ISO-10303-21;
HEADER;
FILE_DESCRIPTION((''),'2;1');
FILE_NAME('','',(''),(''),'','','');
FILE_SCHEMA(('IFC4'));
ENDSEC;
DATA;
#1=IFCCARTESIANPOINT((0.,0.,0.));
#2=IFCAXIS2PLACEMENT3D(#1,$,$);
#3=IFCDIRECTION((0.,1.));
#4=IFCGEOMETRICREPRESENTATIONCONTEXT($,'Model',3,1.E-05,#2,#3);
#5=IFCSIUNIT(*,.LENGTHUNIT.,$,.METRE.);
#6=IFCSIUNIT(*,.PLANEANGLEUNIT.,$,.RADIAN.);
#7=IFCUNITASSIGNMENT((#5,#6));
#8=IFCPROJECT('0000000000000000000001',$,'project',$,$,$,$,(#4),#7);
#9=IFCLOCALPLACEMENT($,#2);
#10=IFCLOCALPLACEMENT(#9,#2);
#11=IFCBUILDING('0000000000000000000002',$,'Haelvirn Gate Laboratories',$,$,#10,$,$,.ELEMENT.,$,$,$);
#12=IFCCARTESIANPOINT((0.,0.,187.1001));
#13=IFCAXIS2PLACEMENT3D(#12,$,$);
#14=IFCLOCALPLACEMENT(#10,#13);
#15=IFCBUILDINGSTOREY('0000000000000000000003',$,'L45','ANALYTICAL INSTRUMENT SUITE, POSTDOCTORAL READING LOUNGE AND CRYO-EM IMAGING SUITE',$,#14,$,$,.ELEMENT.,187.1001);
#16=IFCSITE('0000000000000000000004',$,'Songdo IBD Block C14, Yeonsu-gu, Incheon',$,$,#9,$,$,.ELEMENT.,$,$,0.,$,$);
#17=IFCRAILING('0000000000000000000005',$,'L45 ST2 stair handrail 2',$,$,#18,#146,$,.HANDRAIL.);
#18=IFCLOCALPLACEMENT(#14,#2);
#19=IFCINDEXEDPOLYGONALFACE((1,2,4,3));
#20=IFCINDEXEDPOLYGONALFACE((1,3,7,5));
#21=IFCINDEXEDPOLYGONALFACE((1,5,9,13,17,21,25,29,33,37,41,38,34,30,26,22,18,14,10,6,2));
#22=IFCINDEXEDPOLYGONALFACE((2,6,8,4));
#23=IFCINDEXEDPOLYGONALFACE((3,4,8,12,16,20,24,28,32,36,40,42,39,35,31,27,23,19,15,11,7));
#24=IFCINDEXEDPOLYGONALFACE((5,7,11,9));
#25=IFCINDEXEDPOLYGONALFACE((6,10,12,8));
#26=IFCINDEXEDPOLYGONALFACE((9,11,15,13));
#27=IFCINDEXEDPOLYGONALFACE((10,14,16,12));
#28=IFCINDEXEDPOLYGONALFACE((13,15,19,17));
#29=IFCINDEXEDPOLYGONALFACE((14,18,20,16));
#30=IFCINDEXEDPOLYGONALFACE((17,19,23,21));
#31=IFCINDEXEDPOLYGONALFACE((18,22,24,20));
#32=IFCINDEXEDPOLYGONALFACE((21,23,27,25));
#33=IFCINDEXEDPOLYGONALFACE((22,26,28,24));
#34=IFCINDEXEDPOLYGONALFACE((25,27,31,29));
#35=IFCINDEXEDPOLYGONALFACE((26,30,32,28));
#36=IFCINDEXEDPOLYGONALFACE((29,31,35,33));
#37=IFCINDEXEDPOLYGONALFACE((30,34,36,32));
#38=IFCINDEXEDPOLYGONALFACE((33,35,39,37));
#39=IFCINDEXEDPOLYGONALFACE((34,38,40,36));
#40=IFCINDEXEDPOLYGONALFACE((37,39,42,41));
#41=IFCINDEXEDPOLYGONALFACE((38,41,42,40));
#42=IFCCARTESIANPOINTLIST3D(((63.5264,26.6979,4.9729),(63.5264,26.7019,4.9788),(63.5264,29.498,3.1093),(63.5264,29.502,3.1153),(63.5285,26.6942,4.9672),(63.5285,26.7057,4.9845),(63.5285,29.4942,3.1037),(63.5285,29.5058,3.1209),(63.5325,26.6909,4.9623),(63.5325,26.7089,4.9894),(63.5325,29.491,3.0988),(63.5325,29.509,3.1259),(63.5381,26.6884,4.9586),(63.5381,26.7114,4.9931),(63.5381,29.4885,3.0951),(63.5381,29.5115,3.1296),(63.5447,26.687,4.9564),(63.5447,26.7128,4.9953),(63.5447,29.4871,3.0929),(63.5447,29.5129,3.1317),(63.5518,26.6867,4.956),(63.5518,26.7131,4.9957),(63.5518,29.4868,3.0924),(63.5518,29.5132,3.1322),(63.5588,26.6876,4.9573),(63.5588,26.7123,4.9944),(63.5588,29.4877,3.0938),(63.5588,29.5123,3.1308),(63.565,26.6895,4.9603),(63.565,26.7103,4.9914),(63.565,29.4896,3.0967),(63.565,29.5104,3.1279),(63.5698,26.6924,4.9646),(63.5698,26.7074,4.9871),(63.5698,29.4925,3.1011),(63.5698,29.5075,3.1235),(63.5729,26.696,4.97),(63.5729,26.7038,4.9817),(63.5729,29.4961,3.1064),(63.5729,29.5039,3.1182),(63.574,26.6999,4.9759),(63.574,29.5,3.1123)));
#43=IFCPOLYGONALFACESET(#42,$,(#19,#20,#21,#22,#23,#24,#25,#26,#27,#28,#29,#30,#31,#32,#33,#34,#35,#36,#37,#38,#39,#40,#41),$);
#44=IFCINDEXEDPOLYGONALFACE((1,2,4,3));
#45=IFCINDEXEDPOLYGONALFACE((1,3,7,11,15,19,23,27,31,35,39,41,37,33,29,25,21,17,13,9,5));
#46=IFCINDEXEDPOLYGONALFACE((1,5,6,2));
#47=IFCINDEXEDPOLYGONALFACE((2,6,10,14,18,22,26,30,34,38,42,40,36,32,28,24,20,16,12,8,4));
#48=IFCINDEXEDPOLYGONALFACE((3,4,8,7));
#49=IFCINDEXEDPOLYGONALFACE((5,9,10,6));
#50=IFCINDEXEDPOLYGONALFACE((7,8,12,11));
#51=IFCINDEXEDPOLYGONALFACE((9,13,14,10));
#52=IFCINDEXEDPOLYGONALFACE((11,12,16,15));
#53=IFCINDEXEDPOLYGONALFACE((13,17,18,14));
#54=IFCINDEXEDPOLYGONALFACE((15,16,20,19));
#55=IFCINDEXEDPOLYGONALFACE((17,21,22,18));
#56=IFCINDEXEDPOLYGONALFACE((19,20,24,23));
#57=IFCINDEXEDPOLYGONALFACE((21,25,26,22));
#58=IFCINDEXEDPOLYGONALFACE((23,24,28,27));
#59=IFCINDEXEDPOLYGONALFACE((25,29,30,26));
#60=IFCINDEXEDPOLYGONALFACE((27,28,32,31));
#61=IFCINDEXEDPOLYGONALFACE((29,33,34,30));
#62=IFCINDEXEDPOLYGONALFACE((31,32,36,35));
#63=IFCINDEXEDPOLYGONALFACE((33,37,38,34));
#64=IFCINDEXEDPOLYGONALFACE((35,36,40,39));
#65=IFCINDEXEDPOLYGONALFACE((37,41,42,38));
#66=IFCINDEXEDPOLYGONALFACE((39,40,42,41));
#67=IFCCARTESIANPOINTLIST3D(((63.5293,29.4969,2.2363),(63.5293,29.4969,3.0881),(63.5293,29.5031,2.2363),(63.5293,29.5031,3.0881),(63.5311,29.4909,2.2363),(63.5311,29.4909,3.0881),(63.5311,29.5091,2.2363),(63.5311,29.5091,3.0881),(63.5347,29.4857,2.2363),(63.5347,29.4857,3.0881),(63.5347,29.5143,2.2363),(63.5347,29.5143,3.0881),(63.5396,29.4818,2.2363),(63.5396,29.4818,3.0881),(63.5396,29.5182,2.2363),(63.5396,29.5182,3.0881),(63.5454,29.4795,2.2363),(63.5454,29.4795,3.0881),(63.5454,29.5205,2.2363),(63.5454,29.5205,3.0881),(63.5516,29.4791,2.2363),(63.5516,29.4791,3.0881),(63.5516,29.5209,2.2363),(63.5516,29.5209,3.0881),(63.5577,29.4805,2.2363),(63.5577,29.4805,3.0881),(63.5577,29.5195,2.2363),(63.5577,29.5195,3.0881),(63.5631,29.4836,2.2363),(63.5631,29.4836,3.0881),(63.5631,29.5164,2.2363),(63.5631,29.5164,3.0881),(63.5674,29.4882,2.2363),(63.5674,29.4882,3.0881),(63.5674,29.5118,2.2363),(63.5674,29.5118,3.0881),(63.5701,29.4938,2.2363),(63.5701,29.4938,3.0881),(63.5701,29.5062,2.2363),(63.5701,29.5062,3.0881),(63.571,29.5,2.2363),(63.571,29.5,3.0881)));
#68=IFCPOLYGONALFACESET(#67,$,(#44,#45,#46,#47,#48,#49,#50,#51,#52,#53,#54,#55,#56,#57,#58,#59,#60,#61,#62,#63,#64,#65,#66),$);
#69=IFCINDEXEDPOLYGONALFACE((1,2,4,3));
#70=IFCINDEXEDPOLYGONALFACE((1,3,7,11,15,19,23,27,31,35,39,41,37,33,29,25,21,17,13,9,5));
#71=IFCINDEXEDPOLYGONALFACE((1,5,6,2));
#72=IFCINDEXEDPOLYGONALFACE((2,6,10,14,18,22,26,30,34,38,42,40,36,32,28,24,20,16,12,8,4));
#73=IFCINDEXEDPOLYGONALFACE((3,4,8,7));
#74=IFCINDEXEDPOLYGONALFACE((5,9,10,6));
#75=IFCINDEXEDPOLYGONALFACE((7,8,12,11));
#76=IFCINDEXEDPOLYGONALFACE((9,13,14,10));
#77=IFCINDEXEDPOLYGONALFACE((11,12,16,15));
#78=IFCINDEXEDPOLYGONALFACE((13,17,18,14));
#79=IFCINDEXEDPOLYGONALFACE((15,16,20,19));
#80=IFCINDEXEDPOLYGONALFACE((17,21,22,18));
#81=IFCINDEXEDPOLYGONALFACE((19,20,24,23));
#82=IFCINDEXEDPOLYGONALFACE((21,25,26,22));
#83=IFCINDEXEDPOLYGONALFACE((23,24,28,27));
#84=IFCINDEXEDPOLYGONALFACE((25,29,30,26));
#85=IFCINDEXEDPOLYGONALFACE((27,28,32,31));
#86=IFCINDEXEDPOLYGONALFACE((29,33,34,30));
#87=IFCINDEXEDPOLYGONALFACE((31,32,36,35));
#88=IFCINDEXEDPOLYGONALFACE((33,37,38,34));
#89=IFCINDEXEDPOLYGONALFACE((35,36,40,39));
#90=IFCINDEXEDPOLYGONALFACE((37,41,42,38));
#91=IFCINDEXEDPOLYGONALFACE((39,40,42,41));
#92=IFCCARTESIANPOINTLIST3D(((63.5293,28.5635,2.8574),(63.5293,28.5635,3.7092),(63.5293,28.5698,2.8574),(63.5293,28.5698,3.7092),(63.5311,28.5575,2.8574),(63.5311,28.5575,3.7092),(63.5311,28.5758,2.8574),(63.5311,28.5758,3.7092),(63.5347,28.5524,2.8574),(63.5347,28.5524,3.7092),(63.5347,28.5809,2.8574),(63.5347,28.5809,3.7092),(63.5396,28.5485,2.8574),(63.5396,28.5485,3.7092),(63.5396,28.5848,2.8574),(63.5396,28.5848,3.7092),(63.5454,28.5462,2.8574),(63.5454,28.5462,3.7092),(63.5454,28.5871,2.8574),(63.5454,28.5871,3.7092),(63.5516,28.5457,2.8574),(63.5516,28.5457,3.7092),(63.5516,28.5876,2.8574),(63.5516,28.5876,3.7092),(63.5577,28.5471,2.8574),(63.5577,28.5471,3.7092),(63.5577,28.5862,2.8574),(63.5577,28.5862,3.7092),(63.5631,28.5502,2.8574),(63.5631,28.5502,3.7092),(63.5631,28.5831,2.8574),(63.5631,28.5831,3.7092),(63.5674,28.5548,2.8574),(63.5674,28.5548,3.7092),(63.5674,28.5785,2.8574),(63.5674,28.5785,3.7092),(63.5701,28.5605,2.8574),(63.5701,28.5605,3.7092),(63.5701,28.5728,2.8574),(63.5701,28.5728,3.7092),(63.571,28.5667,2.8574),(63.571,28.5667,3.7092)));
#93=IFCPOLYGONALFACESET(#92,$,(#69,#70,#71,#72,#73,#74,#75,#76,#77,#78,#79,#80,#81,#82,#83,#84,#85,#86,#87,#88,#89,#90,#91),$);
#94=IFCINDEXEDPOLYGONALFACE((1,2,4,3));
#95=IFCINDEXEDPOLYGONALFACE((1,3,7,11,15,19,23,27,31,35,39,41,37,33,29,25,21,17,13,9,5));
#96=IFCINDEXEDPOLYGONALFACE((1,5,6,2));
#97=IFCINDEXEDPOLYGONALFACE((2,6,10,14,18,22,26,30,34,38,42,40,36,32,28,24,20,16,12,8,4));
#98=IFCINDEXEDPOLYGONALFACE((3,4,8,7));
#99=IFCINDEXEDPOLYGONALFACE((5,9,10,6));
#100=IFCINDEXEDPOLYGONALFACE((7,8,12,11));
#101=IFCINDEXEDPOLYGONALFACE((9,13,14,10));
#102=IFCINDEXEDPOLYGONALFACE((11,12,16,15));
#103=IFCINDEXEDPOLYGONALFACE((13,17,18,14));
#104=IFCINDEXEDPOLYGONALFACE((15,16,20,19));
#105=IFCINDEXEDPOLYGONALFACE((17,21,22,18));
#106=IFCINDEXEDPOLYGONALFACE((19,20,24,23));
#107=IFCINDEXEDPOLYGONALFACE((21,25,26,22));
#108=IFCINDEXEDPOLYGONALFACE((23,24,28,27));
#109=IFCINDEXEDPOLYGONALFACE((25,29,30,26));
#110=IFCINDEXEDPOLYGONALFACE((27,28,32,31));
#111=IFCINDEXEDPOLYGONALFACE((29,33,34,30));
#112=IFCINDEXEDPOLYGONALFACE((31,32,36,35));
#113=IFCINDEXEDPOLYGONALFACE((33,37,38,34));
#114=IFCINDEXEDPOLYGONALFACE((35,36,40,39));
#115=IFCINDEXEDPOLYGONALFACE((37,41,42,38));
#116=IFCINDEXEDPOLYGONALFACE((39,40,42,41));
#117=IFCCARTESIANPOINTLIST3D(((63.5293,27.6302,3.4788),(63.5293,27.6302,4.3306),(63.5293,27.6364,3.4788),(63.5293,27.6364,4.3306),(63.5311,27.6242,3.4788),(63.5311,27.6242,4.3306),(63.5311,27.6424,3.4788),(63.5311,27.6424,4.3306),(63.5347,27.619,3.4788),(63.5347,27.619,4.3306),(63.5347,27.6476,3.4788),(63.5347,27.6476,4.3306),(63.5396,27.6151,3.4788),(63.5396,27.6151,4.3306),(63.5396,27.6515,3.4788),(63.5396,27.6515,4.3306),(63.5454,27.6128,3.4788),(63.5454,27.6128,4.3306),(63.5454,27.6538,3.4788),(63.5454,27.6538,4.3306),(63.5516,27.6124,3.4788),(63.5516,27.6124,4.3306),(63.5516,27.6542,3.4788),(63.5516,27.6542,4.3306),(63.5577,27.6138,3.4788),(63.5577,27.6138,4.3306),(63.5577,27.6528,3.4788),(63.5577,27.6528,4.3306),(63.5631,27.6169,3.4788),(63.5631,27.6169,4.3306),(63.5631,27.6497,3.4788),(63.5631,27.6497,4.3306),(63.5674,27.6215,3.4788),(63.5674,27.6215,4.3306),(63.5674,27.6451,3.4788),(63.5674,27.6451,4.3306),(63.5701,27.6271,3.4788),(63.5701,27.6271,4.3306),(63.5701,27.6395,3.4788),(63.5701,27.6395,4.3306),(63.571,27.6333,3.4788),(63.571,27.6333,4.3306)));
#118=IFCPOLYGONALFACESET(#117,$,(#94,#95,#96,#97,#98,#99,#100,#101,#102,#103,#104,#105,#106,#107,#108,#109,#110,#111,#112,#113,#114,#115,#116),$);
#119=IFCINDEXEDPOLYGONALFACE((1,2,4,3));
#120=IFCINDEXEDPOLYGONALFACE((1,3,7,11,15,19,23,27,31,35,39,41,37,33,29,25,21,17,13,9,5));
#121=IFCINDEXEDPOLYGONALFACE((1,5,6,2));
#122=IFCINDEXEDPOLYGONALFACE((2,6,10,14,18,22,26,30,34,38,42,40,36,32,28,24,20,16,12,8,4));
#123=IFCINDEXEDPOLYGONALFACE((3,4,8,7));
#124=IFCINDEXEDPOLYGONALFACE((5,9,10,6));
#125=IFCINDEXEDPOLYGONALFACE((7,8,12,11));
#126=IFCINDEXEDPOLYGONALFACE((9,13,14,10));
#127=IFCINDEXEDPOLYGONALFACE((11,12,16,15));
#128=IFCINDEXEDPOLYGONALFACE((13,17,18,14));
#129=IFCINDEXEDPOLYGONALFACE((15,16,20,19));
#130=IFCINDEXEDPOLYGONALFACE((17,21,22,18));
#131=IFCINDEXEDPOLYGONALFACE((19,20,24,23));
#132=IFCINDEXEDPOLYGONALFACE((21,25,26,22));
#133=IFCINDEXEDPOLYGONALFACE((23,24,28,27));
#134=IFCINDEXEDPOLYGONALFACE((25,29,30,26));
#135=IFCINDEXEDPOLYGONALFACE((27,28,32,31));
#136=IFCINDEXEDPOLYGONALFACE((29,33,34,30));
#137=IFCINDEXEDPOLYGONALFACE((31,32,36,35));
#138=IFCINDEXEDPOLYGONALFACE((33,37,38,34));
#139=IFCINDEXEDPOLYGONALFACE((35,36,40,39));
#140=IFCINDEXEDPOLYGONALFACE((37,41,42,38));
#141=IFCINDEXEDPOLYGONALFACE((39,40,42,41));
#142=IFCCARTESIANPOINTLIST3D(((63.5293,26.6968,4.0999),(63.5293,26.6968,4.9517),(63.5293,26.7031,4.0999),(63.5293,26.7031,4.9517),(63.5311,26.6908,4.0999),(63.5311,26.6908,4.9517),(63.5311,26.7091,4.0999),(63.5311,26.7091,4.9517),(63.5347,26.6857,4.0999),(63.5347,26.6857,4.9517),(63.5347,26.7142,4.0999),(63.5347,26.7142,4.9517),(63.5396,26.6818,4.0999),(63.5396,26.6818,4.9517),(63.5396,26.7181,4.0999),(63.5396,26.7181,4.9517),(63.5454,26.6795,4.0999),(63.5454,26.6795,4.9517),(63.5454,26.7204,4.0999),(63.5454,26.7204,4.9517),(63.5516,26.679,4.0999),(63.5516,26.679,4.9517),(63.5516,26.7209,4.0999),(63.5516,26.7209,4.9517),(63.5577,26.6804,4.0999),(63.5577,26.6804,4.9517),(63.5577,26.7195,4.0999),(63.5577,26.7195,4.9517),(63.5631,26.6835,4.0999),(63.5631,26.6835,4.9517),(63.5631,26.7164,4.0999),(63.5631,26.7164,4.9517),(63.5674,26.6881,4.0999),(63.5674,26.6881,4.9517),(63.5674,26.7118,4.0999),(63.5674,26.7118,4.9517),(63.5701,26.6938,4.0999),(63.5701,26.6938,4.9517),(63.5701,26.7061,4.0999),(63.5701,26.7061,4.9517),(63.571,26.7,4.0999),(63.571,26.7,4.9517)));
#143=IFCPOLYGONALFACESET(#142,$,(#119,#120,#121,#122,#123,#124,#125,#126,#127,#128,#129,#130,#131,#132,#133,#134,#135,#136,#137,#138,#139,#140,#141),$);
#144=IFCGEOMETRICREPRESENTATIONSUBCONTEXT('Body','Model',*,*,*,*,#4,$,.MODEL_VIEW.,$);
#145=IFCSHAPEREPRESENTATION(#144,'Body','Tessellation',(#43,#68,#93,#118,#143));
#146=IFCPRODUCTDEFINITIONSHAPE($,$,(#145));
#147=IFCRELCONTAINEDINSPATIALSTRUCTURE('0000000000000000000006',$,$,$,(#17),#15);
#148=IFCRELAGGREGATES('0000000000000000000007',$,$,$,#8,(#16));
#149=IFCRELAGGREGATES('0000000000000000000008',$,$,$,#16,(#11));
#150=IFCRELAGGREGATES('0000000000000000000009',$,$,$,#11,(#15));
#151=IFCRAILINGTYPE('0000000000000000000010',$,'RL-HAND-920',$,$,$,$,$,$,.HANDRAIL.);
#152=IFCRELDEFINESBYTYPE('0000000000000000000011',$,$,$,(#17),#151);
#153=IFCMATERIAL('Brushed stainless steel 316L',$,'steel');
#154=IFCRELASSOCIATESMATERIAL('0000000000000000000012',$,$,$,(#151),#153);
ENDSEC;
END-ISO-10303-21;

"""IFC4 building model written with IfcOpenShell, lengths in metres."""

from ifc_helpers import new_model, si_unit, direction, frame, origin, origin_2d, place, context, subcontext, project, spatial, circle, extrude, source, transform, mapped, material, type_object, element, save


model = new_model("IFC4")

# Units and contexts
model_context = context("Model", 3, precision=1e-05, world=origin(), true_north=direction((0.0, 1.0)))
body_context = subcontext(model_context, "Body", "Model", "MODEL_VIEW")
ifc_project = project(units=[si_unit("LENGTHUNIT", "METRE"), si_unit("PLANEANGLEUNIT", "RADIAN")], contexts=[model_context])

# Site, building, storey
site_placement = place(None, origin())
site = spatial("IfcSite", under=ifc_project, at=site_placement, Name="Songdo IBD Block C14, Yeonsu-gu, Incheon", CompositionType="ELEMENT", RefElevation=0.0)
building_placement = place(site_placement, origin())
building = spatial("IfcBuilding", under=site, at=building_placement, Name="Haelvirn Gate Laboratories", CompositionType="ELEMENT")
storey_placement = place(building_placement, frame((0.0, 0.0, 187.1001)))
storey = spatial("IfcBuildingStorey", under=building, at=storey_placement, Name="L45", Description="ANALYTICAL INSTRUMENT SUITE, POSTDOCTORAL READING LOUNGE AND CRYO-EM IMAGING SUITE", CompositionType="ELEMENT", Elevation=187.1001)

# Railing
ifc_material_1 = material(Name="Brushed stainless steel 316L", Category="steel")
railing_type_1 = type_object("IfcRailingType", Name="RL-HAND-920", PredefinedType="HANDRAIL", material=ifc_material_1)
shared_shape_1 = source(origin(), body_context, "Body", "SweptSolid", [
    extrude(circle(Radius=0.0239, at=origin_2d()), frame((0.0, 0.0, 0.876), z_axis=(0.0, -0.832486, 0.554047), x_axis=(1.0, 0.0, 0.0)), (0.0, 0.0, 1.0), 3.3635),
    extrude(circle(Radius=0.021, at=origin_2d()), origin(), (0.0, 0.0, 1.0), 0.8518),
    extrude(circle(Radius=0.021, at=origin_2d()), frame((0.0, -0.9333, 0.6211)), (0.0, 0.0, 1.0), 0.8518),
    extrude(circle(Radius=0.021, at=origin_2d()), frame((0.0, -1.8667, 1.2424)), (0.0, 0.0, 1.0), 0.8518),
    extrude(circle(Radius=0.021, at=origin_2d()), frame((0.0, -2.8, 1.8635)), (0.0, 0.0, 1.0), 0.8518),
])
railing_1_placement = place(storey_placement, frame((63.55, 29.5, 2.2363)))
element("IfcRailing", 1, at=railing_1_placement, inside=storey, type_object=railing_type_1, Name="L45 ST2 stair handrail 2", PredefinedType="HANDRAIL", context=body_context, shape_type="MappedRepresentation", body=[
    mapped(shared_shape_1, transform((0.0, 0.0, 0.0), scale=1.0)),
])

save(model, "model.ifc")
